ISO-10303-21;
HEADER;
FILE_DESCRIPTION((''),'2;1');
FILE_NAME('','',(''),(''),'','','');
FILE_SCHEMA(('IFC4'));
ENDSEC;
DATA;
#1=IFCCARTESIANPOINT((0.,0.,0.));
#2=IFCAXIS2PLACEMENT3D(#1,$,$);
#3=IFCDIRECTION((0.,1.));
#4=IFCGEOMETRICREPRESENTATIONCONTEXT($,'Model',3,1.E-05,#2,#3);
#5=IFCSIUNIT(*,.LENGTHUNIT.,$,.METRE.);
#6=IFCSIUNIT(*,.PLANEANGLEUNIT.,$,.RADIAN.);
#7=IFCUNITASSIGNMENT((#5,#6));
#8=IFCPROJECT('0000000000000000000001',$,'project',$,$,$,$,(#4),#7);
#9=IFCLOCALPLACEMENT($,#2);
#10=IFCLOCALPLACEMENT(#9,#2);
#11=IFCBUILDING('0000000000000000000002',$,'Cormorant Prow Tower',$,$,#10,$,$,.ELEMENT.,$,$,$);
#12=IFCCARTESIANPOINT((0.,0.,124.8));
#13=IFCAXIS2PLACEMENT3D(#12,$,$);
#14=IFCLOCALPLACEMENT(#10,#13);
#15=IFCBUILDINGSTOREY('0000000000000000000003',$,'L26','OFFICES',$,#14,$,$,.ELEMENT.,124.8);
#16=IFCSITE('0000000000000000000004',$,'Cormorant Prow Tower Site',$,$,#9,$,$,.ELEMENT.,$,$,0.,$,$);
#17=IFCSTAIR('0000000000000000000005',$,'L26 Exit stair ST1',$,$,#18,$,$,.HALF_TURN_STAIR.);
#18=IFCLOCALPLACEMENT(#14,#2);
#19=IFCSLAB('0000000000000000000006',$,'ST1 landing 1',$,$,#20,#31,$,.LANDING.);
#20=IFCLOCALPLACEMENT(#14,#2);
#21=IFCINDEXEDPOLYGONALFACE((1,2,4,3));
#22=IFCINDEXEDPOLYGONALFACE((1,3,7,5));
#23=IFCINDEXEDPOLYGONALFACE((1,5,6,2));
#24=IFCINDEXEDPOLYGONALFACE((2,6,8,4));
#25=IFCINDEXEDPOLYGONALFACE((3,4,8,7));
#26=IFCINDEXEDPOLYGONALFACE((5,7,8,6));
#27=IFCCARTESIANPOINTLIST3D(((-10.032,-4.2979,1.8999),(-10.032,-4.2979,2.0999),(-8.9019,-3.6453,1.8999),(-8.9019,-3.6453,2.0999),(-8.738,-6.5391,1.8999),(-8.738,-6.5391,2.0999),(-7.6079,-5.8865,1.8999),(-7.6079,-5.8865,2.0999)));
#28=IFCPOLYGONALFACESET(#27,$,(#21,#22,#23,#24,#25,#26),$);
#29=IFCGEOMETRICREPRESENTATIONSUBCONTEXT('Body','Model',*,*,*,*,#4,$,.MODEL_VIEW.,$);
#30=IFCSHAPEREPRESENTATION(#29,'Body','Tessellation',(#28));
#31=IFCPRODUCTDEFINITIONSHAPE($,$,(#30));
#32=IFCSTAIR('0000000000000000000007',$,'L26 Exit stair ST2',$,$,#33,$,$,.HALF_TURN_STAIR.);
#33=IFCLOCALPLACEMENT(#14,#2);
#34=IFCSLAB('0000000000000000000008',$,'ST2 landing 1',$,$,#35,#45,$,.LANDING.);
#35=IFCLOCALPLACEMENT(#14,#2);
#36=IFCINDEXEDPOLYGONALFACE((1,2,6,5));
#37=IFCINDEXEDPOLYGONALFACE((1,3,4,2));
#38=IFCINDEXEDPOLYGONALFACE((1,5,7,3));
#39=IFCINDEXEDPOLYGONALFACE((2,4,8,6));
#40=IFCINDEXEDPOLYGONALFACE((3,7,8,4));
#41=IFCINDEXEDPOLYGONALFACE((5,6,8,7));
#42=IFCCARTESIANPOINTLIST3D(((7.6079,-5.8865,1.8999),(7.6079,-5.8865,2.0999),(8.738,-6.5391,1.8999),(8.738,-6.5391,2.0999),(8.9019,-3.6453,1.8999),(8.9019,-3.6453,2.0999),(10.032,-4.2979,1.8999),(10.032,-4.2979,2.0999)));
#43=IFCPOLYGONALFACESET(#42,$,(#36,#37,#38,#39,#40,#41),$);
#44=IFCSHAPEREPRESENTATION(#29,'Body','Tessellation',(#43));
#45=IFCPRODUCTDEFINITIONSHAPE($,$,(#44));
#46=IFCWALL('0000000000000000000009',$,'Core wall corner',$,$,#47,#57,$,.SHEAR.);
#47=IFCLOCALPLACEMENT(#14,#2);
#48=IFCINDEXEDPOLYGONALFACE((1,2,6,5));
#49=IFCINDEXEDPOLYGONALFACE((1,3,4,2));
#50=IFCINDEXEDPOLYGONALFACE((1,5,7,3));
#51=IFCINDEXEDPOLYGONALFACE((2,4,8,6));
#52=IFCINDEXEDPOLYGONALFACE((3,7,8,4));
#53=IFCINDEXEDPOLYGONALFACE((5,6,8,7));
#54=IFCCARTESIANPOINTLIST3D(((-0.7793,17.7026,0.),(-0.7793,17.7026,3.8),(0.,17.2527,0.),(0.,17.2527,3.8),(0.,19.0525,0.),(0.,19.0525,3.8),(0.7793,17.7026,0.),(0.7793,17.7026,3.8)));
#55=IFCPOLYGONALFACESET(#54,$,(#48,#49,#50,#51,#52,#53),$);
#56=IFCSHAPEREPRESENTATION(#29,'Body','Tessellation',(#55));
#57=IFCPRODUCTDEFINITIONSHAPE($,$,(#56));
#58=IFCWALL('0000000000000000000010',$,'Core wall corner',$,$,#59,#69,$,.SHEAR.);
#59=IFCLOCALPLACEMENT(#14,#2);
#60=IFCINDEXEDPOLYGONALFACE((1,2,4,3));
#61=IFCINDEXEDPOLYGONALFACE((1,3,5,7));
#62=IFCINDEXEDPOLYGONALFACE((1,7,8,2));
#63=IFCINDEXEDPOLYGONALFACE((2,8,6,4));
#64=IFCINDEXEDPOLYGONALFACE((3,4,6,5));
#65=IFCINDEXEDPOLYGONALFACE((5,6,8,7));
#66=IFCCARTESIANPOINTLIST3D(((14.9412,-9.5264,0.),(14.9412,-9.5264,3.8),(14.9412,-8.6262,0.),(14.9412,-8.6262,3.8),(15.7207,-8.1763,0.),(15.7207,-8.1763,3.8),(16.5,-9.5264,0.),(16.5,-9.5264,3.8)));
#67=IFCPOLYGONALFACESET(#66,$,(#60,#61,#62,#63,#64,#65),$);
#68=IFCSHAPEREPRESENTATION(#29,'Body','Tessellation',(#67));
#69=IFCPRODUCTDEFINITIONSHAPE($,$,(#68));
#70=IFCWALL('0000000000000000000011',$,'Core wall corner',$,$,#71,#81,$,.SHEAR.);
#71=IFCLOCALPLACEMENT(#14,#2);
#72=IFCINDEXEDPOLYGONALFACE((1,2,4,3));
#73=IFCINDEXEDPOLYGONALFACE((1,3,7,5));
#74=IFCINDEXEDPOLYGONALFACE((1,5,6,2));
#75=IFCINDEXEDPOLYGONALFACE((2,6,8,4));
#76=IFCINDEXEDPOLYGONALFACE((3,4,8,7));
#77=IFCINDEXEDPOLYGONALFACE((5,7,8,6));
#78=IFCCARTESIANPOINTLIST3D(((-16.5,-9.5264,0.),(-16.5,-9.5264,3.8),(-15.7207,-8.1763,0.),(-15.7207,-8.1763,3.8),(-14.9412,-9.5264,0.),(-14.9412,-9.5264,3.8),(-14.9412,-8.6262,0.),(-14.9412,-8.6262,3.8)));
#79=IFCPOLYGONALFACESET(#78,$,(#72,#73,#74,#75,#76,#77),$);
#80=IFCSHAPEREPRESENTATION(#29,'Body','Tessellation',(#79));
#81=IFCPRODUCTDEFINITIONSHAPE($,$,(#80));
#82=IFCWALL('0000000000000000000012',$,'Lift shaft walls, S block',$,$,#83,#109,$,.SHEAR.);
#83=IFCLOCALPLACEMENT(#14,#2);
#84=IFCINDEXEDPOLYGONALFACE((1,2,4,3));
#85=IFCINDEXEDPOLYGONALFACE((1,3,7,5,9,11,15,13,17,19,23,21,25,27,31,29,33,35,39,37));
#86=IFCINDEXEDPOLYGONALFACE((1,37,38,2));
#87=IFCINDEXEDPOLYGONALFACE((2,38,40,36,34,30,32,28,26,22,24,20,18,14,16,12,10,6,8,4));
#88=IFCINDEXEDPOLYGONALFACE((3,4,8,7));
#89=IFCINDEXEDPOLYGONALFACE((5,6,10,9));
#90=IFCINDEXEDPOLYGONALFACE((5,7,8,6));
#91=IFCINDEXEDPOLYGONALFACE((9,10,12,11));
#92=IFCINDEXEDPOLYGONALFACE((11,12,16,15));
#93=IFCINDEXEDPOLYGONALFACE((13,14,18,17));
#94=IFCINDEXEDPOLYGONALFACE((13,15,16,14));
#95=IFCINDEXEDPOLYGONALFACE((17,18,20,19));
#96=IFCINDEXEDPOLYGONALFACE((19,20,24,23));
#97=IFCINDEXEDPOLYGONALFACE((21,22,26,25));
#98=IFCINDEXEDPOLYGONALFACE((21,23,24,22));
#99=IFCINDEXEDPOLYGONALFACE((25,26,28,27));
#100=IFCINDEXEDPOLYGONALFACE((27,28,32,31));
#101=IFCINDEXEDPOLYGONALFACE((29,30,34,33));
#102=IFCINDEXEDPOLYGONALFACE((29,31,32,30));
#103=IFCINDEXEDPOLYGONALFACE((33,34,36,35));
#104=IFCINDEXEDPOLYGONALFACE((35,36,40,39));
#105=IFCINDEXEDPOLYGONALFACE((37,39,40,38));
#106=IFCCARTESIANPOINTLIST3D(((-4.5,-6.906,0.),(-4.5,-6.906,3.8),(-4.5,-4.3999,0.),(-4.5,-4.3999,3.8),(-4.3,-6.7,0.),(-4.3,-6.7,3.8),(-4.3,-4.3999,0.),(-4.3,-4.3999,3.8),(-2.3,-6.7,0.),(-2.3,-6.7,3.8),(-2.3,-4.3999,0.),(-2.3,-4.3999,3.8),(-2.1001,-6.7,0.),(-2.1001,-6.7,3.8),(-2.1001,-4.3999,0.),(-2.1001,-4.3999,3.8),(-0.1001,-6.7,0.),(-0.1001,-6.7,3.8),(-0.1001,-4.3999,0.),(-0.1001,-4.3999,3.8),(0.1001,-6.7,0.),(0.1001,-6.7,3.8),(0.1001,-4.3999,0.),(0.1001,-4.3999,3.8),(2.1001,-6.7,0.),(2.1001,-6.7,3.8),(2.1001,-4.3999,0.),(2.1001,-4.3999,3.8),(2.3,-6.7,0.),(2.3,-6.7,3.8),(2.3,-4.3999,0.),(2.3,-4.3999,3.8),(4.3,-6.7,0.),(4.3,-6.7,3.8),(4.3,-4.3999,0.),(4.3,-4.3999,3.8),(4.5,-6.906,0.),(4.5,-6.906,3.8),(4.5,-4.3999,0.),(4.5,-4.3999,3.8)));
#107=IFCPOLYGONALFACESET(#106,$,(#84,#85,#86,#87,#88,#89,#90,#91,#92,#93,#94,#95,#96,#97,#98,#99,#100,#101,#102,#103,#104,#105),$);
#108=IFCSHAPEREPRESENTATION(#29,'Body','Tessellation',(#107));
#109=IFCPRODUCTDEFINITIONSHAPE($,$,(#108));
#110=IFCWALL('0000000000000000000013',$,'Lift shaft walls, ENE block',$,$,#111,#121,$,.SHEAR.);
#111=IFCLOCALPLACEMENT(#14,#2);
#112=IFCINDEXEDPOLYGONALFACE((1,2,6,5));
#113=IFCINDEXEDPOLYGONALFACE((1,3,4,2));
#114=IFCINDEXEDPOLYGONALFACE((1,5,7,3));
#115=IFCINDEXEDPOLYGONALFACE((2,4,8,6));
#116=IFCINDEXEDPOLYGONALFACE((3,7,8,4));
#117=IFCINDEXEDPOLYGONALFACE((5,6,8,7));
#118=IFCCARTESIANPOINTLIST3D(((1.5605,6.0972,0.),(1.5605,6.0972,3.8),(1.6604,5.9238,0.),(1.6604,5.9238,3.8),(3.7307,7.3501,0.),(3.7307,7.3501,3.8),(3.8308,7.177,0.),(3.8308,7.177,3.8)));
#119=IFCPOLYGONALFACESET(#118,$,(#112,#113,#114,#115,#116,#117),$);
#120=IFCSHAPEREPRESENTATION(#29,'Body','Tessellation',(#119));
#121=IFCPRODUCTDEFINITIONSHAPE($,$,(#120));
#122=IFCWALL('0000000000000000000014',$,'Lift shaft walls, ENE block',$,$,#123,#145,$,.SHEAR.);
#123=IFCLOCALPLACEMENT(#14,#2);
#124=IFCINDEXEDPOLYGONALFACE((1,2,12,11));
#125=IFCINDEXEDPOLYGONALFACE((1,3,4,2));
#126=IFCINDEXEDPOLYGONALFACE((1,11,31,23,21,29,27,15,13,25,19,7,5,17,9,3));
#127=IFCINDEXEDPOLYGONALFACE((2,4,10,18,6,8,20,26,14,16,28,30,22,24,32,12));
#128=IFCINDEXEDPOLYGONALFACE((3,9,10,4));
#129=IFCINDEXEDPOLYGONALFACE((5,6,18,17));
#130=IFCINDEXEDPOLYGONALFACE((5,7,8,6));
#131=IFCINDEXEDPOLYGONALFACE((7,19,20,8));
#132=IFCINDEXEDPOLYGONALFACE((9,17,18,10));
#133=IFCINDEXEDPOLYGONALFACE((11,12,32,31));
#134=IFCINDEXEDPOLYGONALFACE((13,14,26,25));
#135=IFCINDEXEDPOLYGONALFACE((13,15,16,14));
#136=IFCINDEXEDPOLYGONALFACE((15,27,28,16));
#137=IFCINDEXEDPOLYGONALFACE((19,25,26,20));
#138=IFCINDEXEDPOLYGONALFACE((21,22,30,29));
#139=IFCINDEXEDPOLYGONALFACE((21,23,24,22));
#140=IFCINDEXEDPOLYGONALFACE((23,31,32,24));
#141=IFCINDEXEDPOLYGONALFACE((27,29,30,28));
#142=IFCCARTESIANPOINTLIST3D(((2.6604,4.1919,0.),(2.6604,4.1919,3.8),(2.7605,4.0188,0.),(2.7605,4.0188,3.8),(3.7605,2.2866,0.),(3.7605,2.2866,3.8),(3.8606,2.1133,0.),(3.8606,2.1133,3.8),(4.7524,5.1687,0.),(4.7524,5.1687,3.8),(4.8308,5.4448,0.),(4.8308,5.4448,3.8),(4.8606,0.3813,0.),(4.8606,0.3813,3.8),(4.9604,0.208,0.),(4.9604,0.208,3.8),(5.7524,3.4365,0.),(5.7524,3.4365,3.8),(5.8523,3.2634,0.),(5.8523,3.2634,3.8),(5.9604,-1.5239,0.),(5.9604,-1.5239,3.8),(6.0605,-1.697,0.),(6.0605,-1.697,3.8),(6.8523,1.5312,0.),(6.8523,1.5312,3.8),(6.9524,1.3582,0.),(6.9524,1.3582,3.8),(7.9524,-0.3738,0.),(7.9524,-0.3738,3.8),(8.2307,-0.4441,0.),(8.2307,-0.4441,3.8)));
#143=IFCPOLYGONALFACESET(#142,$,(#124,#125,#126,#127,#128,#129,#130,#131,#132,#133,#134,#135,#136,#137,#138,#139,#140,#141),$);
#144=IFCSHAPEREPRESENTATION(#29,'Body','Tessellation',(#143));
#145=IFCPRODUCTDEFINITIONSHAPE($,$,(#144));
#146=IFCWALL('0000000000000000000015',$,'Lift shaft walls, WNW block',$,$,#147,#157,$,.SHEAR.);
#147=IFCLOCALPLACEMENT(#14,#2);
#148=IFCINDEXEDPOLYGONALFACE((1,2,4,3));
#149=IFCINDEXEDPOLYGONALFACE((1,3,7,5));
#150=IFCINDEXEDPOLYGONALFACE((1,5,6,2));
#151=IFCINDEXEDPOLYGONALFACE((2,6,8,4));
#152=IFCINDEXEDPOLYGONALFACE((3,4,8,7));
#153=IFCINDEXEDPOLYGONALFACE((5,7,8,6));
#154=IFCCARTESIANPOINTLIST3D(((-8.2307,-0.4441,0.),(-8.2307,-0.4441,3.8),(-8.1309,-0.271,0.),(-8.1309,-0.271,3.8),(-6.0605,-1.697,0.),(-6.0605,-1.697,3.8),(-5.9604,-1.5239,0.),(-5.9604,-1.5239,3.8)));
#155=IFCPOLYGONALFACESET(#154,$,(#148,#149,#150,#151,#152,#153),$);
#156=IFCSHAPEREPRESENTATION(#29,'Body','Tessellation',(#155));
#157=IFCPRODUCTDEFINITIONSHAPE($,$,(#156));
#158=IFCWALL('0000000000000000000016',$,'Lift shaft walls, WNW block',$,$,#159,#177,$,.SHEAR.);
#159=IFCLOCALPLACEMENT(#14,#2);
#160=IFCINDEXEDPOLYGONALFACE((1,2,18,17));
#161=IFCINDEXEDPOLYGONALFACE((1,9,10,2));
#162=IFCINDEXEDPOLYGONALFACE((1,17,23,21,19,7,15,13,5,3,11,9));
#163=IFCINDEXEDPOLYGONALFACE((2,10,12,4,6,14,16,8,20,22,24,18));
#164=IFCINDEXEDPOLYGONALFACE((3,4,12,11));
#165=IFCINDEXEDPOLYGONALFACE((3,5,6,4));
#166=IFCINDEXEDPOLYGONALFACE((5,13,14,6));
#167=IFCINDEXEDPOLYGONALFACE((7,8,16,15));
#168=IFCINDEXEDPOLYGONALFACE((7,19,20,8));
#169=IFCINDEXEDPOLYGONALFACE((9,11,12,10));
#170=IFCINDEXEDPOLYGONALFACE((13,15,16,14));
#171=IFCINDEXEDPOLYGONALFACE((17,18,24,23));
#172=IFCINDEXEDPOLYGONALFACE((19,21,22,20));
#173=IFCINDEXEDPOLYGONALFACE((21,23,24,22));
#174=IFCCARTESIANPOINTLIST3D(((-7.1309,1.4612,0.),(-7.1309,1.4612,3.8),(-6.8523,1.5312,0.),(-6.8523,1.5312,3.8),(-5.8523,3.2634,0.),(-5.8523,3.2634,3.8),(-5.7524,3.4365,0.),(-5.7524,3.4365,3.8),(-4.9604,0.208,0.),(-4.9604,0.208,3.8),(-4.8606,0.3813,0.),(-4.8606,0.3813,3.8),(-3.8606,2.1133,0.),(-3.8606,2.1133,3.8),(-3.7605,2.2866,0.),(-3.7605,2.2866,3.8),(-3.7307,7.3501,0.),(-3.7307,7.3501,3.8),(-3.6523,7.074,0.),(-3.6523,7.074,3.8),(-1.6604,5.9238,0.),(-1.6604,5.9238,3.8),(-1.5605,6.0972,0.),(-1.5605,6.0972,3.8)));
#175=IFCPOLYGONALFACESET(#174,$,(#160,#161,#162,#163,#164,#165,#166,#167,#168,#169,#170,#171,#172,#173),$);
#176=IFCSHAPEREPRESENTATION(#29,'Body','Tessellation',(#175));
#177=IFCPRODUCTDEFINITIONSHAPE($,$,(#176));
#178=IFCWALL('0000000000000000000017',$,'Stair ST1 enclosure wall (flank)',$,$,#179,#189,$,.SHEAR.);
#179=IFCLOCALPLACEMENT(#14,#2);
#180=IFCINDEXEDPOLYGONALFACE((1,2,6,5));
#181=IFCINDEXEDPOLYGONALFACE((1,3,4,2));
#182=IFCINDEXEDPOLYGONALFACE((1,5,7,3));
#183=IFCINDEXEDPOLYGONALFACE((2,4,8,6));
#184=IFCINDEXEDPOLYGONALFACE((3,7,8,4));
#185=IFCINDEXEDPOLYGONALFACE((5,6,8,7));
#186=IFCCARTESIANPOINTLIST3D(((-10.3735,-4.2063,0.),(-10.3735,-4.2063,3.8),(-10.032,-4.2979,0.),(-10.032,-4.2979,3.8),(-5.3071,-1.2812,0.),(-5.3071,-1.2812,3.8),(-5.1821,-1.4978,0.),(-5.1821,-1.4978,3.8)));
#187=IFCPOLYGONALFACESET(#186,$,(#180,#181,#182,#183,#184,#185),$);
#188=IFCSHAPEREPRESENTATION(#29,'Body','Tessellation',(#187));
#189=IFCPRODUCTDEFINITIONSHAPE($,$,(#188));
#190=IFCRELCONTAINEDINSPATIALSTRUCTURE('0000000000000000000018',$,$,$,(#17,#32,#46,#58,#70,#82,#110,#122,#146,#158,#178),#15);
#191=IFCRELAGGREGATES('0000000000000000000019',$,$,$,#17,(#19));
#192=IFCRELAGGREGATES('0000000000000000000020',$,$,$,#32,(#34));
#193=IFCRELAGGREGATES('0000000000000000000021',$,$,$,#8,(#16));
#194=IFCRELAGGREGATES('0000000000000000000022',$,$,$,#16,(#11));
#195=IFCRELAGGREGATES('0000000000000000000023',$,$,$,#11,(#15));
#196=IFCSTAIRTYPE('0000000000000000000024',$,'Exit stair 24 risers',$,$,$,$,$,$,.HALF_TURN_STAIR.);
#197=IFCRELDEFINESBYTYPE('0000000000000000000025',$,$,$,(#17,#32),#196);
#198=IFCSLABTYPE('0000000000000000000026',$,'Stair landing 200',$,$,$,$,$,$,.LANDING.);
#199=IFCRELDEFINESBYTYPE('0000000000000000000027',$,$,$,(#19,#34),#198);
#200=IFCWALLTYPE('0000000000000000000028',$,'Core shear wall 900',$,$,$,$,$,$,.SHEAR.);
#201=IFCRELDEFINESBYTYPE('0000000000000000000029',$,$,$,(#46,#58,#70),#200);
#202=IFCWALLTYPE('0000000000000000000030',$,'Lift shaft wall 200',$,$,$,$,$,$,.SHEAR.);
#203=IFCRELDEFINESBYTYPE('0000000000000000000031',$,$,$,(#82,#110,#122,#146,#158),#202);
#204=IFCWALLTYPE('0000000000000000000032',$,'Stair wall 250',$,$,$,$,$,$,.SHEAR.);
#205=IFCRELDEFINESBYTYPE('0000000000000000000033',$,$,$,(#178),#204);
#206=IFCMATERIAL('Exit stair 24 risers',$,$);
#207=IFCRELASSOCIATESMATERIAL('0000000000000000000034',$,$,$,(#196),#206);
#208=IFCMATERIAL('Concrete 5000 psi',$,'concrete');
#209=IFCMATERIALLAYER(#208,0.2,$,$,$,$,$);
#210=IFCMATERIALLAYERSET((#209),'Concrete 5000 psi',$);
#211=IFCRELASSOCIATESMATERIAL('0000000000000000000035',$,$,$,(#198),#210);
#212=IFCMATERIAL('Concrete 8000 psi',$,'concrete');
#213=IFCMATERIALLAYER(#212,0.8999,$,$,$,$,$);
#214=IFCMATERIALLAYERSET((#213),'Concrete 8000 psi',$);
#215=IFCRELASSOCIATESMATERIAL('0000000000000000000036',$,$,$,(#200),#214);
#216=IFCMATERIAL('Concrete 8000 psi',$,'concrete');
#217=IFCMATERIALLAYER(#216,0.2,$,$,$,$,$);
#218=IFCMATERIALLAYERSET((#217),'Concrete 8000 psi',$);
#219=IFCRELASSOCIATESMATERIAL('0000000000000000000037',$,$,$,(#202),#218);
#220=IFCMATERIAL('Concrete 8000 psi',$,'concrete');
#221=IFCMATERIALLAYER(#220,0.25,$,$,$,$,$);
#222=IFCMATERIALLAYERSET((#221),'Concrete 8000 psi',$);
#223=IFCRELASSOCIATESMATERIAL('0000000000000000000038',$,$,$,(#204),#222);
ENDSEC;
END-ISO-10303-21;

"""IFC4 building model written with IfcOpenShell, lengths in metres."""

from ifc_helpers import new_model, si_unit, direction, frame, origin, place, context, subcontext, project, spatial, polyline, outline, extrude, material, layer, layer_set, type_object, element, aggregate, save


model = new_model("IFC4")

# Units and contexts
model_context = context("Model", 3, precision=1e-05, world=origin(), true_north=direction((0.0, 1.0)))
body_context = subcontext(model_context, "Body", "Model", "MODEL_VIEW")
ifc_project = project(units=[si_unit("LENGTHUNIT", "METRE"), si_unit("PLANEANGLEUNIT", "RADIAN")], contexts=[model_context])

# Site, building, storey
site_placement = place(None, origin())
site = spatial("IfcSite", under=ifc_project, at=site_placement, Name="Cormorant Prow Tower Site", CompositionType="ELEMENT", RefElevation=0.0)
building_placement = place(site_placement, origin())
building = spatial("IfcBuilding", under=site, at=building_placement, Name="Cormorant Prow Tower", CompositionType="ELEMENT")
storey_placement = place(building_placement, frame((0.0, 0.0, 124.8)))
storey = spatial("IfcBuildingStorey", under=building, at=storey_placement, Name="L26", Description="OFFICES", CompositionType="ELEMENT", Elevation=124.8)

# Stairs, slabs
ifc_material_1 = material(Name="Exit stair 24 risers")
stair_type = type_object("IfcStairType", Name="Exit stair 24 risers", PredefinedType="HALF_TURN_STAIR", material=ifc_material_1)
stair_1_placement = place(storey_placement, origin())
stair_1 = element("IfcStair", 1, at=stair_1_placement, inside=storey, type_object=stair_type, Name="L26 Exit stair ST1", PredefinedType="HALF_TURN_STAIR")
ifc_material_2 = material(Name="Concrete 5000 psi", Category="concrete")
ifc_layer_1 = layer(ifc_material_2, 0.2)
ifc_layer_set_1 = layer_set([ifc_layer_1], Name="Concrete 5000 psi")
slab_type = type_object("IfcSlabType", Name="Stair landing 200", PredefinedType="LANDING", material=ifc_layer_set_1)
slab_1_placement = place(storey_placement, frame((0.0, 0.0, 1.8999)))
slab_1 = element("IfcSlab", 2, at=slab_1_placement, type_object=slab_type, Name="ST1 landing 1", PredefinedType="LANDING", context=body_context, shape_type="SweptSolid", body=[
    extrude(outline(polyline([(-8.9019, -3.6453), (-10.032, -4.2979), (-8.738, -6.5391), (-7.6079, -5.8865), (-8.9019, -3.6453)])), origin(), (0.0, 0.0, 1.0), 0.2),
])
aggregate(stair_1, [slab_1])
stair_2_placement = place(storey_placement, origin())
stair_2 = element("IfcStair", 3, at=stair_2_placement, inside=storey, type_object=stair_type, Name="L26 Exit stair ST2", PredefinedType="HALF_TURN_STAIR")
slab_2_placement = place(storey_placement, frame((0.0, 0.0, 1.8999)))
slab_2 = element("IfcSlab", 4, at=slab_2_placement, type_object=slab_type, Name="ST2 landing 1", PredefinedType="LANDING", context=body_context, shape_type="SweptSolid", body=[
    extrude(outline(polyline([(7.6079, -5.8865), (8.738, -6.5391), (10.032, -4.2979), (8.9019, -3.6453), (7.6079, -5.8865)])), origin(), (0.0, 0.0, 1.0), 0.2),
])
aggregate(stair_2, [slab_2])

# Walls
ifc_material_3 = material(Name="Concrete 8000 psi", Category="concrete")
ifc_layer_2 = layer(ifc_material_3, 0.8999)
ifc_layer_set_2 = layer_set([ifc_layer_2], Name="Concrete 8000 psi")
wall_type_1 = type_object("IfcWallType", Name="Core shear wall 900", PredefinedType="SHEAR", material=ifc_layer_set_2)
wall_1_placement = place(storey_placement, origin())
element("IfcWall", 5, at=wall_1_placement, inside=storey, type_object=wall_type_1, Name="Core wall corner", PredefinedType="SHEAR", context=body_context, shape_type="SweptSolid", body=[
    extrude(outline(polyline([(-0.7793, 17.7026), (0.0, 19.0525), (0.7793, 17.7026), (0.0, 17.2527), (-0.7793, 17.7026)])), origin(), (0.0, 0.0, 1.0), 3.8),
])
wall_2_placement = place(storey_placement, origin())
element("IfcWall", 6, at=wall_2_placement, inside=storey, type_object=wall_type_1, Name="Core wall corner", PredefinedType="SHEAR", context=body_context, shape_type="SweptSolid", body=[
    extrude(outline(polyline([(14.9412, -8.6262), (15.7207, -8.1763), (16.5, -9.5264), (14.9412, -9.5264), (14.9412, -8.6262)])), origin(), (0.0, 0.0, 1.0), 3.8),
])
wall_3_placement = place(storey_placement, origin())
element("IfcWall", 7, at=wall_3_placement, inside=storey, type_object=wall_type_1, Name="Core wall corner", PredefinedType="SHEAR", context=body_context, shape_type="SweptSolid", body=[
    extrude(outline(polyline([(-14.9412, -8.6262), (-14.9412, -9.5264), (-16.5, -9.5264), (-15.7207, -8.1763), (-14.9412, -8.6262)])), origin(), (0.0, 0.0, 1.0), 3.8),
])
ifc_material_4 = material(Name="Concrete 8000 psi", Category="concrete")
ifc_layer_3 = layer(ifc_material_4, 0.2)
ifc_layer_set_3 = layer_set([ifc_layer_3], Name="Concrete 8000 psi")
wall_type_2 = type_object("IfcWallType", Name="Lift shaft wall 200", PredefinedType="SHEAR", material=ifc_layer_set_3)
wall_4_placement = place(storey_placement, origin())
element("IfcWall", 8, at=wall_4_placement, inside=storey, type_object=wall_type_2, Name="Lift shaft walls, S block", PredefinedType="SHEAR", context=body_context, shape_type="SweptSolid", body=[
    extrude(outline(polyline([(4.5, -4.3999), (4.5, -6.906), (-4.5, -6.906), (-4.5, -4.3999), (-4.3, -4.3999), (-4.3, -6.7), (-2.3, -6.7), (-2.3, -4.3999), (-2.1001, -4.3999), (-2.1001, -6.7), (-0.1001, -6.7), (-0.1001, -4.3999), (0.1001, -4.3999), (0.1001, -6.7), (2.1001, -6.7), (2.1001, -4.3999), (2.3, -4.3999), (2.3, -6.7), (4.3, -6.7), (4.3, -4.3999), (4.5, -4.3999)])), origin(), (0.0, 0.0, 1.0), 3.8),
])
wall_5_placement = place(storey_placement, origin())
element("IfcWall", 9, at=wall_5_placement, inside=storey, type_object=wall_type_2, Name="Lift shaft walls, ENE block", PredefinedType="SHEAR", context=body_context, shape_type="SweptSolid", body=[
    extrude(outline(polyline([(1.5605, 6.0972), (3.7307, 7.3501), (3.8308, 7.177), (1.6604, 5.9238), (1.5605, 6.0972)])), origin(), (0.0, 0.0, 1.0), 3.8),
])
wall_6_placement = place(storey_placement, origin())
element("IfcWall", 10, at=wall_6_placement, inside=storey, type_object=wall_type_2, Name="Lift shaft walls, ENE block", PredefinedType="SHEAR", context=body_context, shape_type="SweptSolid", body=[
    extrude(outline(polyline([(2.6604, 4.1919), (4.8308, 5.4448), (8.2307, -0.4441), (6.0605, -1.697), (5.9604, -1.5239), (7.9524, -0.3738), (6.9524, 1.3582), (4.9604, 0.208), (4.8606, 0.3813), (6.8523, 1.5312), (5.8523, 3.2634), (3.8606, 2.1133), (3.7605, 2.2866), (5.7524, 3.4365), (4.7524, 5.1687), (2.7605, 4.0188), (2.6604, 4.1919)])), origin(), (0.0, 0.0, 1.0), 3.8),
])
wall_7_placement = place(storey_placement, origin())
element("IfcWall", 11, at=wall_7_placement, inside=storey, type_object=wall_type_2, Name="Lift shaft walls, WNW block", PredefinedType="SHEAR", context=body_context, shape_type="SweptSolid", body=[
    extrude(outline(polyline([(-6.0605, -1.697), (-8.2307, -0.4441), (-8.1309, -0.271), (-5.9604, -1.5239), (-6.0605, -1.697)])), origin(), (0.0, 0.0, 1.0), 3.8),
])
wall_8_placement = place(storey_placement, origin())
element("IfcWall", 12, at=wall_8_placement, inside=storey, type_object=wall_type_2, Name="Lift shaft walls, WNW block", PredefinedType="SHEAR", context=body_context, shape_type="SweptSolid", body=[
    extrude(outline(polyline([(-4.9604, 0.208), (-7.1309, 1.4612), (-3.7307, 7.3501), (-1.5605, 6.0972), (-1.6604, 5.9238), (-3.6523, 7.074), (-5.7524, 3.4365), (-3.7605, 2.2866), (-3.8606, 2.1133), (-5.8523, 3.2634), (-6.8523, 1.5312), (-4.8606, 0.3813), (-4.9604, 0.208)])), origin(), (0.0, 0.0, 1.0), 3.8),
])
ifc_material_5 = material(Name="Concrete 8000 psi", Category="concrete")
ifc_layer_4 = layer(ifc_material_5, 0.25)
ifc_layer_set_4 = layer_set([ifc_layer_4], Name="Concrete 8000 psi")
wall_type_3 = type_object("IfcWallType", Name="Stair wall 250", PredefinedType="SHEAR", material=ifc_layer_set_4)
wall_9_placement = place(storey_placement, origin())
element("IfcWall", 13, at=wall_9_placement, inside=storey, type_object=wall_type_3, Name="Stair ST1 enclosure wall (flank)", PredefinedType="SHEAR", context=body_context, shape_type="SweptSolid", body=[
    extrude(outline(polyline([(-5.3071, -1.2812), (-10.3735, -4.2063), (-10.032, -4.2979), (-5.1821, -1.4978), (-5.3071, -1.2812)])), origin(), (0.0, 0.0, 1.0), 3.8),
])

save(model, "model.ifc")
